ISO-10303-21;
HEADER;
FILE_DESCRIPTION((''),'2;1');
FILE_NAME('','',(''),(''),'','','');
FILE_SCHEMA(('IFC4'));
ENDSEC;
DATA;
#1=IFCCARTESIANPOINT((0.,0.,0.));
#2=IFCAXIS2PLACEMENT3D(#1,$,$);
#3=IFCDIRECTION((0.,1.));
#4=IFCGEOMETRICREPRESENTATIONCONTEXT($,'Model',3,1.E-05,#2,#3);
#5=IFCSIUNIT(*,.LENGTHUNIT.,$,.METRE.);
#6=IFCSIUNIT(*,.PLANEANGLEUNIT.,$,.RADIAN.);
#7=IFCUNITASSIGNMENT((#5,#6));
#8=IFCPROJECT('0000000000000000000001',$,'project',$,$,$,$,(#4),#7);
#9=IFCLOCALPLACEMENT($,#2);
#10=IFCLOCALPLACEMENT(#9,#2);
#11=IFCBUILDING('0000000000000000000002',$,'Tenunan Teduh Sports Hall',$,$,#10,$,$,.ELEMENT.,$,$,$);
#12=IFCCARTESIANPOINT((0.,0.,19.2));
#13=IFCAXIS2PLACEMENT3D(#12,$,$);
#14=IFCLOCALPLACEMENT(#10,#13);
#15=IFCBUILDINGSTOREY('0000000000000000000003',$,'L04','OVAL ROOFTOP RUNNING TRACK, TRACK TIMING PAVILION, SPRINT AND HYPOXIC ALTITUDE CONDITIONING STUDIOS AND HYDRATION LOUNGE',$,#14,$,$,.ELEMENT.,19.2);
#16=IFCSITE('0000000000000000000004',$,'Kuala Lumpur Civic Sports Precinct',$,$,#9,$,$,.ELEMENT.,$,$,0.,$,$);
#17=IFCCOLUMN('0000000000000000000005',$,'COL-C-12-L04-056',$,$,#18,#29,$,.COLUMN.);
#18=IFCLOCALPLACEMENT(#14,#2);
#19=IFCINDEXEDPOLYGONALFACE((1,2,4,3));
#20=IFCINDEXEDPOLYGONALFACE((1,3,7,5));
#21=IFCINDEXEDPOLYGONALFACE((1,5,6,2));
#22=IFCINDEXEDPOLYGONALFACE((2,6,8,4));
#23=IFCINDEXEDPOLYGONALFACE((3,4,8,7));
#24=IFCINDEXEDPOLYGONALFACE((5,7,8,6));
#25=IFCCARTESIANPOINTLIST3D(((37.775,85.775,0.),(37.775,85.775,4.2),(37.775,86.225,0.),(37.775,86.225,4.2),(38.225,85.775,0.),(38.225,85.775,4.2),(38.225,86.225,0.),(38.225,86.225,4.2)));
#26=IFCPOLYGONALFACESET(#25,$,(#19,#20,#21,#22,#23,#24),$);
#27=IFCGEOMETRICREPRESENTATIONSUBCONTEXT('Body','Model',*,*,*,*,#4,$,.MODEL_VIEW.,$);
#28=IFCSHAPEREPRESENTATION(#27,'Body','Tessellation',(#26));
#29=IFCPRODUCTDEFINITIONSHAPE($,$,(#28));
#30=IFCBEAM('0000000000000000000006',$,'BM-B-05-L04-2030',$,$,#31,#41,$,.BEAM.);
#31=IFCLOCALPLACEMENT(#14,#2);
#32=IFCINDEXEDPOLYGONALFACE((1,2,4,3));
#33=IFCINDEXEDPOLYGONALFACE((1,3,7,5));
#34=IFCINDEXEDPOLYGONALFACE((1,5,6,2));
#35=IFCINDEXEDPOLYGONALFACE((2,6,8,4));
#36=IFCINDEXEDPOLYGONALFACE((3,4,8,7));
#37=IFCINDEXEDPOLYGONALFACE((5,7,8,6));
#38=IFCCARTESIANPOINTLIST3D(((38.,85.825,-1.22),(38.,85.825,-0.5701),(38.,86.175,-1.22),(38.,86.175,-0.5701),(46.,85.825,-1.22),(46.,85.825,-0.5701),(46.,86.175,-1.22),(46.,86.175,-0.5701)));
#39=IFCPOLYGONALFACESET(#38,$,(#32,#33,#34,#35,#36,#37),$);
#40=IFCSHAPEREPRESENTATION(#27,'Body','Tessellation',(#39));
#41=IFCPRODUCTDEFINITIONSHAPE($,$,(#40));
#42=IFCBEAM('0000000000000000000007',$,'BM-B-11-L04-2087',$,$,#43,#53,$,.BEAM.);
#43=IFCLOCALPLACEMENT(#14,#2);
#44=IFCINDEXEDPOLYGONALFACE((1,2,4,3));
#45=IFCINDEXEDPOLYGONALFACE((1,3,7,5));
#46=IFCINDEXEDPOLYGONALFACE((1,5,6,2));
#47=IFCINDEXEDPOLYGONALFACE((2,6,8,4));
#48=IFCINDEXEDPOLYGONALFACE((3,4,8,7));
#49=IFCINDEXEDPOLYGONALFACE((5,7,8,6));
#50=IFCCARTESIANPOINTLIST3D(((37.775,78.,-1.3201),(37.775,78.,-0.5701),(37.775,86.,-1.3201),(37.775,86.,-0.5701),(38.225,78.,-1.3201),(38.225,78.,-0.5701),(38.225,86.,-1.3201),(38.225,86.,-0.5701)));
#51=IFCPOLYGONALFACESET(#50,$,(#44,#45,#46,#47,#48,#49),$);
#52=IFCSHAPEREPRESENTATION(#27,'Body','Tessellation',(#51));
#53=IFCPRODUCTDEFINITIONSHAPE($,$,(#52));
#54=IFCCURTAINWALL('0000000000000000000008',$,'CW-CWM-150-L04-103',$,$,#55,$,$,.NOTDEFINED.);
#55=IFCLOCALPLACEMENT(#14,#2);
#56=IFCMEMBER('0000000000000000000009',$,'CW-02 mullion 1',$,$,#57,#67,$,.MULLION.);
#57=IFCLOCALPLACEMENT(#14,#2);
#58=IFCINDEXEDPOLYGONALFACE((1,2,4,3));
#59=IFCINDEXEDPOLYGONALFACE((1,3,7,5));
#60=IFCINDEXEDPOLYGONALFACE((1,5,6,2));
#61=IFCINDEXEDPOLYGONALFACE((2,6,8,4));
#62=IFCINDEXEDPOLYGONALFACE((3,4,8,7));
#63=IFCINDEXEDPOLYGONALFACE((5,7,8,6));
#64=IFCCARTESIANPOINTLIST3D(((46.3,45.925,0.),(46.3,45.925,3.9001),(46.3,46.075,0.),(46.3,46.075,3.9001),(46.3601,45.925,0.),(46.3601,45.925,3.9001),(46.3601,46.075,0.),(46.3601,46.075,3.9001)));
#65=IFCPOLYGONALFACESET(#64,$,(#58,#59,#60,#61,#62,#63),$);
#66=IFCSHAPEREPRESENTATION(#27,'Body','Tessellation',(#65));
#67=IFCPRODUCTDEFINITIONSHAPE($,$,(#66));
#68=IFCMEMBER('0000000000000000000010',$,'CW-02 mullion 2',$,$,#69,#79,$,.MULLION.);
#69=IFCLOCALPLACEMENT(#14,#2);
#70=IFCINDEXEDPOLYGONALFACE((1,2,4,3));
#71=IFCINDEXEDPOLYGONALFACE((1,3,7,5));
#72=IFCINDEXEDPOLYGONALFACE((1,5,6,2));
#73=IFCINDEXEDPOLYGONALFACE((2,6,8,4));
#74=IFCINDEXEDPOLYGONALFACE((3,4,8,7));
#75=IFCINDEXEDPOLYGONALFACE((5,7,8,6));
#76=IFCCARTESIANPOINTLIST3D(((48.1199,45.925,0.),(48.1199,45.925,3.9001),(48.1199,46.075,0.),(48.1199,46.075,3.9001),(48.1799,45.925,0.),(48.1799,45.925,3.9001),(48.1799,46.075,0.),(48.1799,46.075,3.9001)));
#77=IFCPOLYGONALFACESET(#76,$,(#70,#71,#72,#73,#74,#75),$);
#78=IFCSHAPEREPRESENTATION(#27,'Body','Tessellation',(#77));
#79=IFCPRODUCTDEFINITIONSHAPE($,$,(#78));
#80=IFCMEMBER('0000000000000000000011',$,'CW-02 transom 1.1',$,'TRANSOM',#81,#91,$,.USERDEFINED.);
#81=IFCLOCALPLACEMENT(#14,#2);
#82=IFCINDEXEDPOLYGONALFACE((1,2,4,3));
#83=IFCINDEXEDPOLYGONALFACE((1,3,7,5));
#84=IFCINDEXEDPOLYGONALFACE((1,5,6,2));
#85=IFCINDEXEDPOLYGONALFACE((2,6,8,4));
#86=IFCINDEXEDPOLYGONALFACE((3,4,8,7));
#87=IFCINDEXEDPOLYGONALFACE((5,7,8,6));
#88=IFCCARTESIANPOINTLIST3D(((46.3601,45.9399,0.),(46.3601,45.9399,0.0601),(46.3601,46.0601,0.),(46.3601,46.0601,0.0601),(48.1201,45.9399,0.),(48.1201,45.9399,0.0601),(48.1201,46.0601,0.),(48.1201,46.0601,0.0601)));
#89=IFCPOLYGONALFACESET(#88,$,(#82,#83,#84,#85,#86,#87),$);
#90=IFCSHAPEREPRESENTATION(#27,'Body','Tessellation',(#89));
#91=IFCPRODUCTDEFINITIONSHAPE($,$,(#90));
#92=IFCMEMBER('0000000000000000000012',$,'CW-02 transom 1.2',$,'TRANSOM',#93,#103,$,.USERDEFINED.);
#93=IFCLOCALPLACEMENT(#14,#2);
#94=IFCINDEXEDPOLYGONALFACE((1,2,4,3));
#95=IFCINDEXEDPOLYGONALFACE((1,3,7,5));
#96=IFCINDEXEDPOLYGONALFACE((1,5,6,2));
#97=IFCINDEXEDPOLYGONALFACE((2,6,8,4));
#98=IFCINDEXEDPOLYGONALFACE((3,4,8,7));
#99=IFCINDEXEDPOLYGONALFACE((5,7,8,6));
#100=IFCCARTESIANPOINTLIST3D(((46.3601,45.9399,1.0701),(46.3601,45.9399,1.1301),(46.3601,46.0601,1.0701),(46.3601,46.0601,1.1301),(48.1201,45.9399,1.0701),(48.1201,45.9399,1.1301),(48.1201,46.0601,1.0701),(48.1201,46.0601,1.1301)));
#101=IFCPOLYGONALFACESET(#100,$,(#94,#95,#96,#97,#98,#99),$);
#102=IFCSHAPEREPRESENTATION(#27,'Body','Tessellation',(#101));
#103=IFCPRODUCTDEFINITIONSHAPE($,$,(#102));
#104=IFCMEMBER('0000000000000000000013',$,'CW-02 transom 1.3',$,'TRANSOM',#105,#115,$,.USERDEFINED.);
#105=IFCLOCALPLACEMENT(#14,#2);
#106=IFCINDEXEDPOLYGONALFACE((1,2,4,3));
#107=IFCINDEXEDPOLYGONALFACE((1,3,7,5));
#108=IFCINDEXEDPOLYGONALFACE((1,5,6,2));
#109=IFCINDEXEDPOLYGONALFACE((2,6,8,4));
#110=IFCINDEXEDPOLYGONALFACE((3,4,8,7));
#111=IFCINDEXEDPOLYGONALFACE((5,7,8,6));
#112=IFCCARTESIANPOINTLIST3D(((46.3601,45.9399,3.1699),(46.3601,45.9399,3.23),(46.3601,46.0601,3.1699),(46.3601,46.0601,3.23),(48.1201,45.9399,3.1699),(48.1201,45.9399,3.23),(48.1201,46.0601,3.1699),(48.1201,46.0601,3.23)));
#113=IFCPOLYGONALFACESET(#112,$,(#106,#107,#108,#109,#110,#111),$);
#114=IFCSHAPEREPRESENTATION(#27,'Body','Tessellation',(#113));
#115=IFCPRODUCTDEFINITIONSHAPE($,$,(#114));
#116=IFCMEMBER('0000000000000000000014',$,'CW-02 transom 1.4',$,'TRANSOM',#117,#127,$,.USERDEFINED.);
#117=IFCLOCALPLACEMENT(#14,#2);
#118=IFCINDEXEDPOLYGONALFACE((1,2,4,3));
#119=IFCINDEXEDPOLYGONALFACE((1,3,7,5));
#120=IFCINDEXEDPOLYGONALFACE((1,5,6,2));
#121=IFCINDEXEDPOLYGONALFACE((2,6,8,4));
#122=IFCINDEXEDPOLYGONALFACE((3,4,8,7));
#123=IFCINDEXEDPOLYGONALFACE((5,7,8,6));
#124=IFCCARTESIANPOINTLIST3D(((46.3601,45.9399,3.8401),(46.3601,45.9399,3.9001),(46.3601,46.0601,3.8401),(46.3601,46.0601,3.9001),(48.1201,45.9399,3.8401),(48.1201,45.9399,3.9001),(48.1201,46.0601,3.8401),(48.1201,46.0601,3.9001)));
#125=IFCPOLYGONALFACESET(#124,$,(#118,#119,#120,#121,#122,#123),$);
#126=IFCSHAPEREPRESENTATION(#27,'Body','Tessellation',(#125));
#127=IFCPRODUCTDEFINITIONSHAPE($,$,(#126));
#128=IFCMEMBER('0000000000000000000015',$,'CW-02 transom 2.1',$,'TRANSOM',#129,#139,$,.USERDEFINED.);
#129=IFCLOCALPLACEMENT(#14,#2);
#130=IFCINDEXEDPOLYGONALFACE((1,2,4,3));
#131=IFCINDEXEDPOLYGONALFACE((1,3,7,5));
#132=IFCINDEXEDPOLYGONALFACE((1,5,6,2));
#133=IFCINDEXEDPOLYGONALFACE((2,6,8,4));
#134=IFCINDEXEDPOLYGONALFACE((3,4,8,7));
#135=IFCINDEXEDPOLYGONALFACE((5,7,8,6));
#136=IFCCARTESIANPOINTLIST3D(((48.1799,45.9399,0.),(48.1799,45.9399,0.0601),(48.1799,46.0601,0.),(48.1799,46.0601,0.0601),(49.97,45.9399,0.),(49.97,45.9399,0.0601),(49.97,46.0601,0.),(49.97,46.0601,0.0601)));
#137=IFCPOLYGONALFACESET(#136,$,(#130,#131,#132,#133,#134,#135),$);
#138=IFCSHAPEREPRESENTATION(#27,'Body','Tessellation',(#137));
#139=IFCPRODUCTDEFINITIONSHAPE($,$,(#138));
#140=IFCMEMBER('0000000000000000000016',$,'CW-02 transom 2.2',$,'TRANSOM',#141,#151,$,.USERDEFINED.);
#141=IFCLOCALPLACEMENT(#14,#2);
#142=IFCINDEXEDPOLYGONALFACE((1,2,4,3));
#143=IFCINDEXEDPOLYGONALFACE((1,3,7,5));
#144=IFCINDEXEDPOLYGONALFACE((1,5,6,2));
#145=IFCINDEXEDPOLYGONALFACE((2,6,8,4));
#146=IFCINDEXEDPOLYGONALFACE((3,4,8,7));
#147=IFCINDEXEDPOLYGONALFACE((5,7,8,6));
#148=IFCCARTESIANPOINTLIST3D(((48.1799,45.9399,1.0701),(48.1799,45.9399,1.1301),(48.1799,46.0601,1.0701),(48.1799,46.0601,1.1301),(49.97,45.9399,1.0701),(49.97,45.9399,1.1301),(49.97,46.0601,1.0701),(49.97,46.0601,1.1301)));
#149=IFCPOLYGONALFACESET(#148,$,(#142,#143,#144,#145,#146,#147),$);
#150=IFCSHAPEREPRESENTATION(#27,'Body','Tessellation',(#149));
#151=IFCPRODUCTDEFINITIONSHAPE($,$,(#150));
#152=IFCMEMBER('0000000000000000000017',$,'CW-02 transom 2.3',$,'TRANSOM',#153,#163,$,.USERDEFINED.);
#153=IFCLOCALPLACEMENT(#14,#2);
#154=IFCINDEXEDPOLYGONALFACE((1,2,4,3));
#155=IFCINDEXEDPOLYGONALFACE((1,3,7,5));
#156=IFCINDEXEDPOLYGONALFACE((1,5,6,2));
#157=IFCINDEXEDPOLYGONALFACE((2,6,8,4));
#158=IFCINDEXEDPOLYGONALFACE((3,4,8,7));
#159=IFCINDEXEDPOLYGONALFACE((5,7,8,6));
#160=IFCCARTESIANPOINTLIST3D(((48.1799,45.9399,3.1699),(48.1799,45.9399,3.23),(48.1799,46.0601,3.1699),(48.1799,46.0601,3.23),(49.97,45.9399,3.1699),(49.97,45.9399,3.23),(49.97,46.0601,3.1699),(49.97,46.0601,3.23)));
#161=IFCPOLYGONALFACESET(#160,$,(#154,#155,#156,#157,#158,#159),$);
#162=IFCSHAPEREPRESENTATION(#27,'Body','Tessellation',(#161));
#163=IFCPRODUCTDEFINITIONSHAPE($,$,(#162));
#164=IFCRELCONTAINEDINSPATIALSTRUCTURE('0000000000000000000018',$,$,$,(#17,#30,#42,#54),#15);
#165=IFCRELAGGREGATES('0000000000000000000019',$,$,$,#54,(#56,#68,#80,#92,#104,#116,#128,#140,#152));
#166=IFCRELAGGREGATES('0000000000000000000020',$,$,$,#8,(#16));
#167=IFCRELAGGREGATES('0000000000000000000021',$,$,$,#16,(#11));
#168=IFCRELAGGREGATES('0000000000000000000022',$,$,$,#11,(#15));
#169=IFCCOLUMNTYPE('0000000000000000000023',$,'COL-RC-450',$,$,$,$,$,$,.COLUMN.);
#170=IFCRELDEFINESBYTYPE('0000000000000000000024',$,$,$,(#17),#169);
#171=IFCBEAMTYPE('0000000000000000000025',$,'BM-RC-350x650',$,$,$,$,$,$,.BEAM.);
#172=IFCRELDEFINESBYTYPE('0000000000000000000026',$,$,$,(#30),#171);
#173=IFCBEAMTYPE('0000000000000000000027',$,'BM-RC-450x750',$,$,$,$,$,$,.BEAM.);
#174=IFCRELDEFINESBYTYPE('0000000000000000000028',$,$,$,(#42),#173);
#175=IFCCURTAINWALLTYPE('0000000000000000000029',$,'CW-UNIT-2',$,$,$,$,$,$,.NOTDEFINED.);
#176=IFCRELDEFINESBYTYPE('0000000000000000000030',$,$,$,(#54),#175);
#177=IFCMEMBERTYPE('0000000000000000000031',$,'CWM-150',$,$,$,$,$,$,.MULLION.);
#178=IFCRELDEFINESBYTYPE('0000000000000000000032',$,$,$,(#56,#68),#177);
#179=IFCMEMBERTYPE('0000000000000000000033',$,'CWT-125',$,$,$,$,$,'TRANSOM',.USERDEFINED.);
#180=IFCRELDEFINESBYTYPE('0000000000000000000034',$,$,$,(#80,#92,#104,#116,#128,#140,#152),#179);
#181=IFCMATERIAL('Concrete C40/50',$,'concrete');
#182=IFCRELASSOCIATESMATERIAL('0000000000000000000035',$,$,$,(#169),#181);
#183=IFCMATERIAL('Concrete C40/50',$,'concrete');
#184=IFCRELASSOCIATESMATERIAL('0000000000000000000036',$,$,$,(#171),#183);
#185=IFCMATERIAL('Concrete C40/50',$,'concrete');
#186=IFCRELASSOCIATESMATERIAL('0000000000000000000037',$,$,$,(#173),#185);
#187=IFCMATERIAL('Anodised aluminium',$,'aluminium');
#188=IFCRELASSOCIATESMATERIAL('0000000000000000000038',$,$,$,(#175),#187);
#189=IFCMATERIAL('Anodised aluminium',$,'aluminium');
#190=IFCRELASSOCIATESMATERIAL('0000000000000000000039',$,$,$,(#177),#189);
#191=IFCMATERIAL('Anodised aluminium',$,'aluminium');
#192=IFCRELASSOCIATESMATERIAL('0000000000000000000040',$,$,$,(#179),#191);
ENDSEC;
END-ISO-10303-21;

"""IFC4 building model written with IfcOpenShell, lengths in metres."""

from ifc_helpers import new_model, si_unit, direction, frame, origin, origin_2d, place, context, subcontext, project, spatial, rectangle, extrude, material, material_profile, profile_set, type_object, element, aggregate, save


model = new_model("IFC4")

# Units and contexts
model_context = context("Model", 3, precision=1e-05, world=origin(), true_north=direction((0.0, 1.0)))
body_context = subcontext(model_context, "Body", "Model", "MODEL_VIEW")
ifc_project = project(units=[si_unit("LENGTHUNIT", "METRE"), si_unit("PLANEANGLEUNIT", "RADIAN")], contexts=[model_context])

# Site, building, storey
site_placement = place(None, origin())
site = spatial("IfcSite", under=ifc_project, at=site_placement, Name="Kuala Lumpur Civic Sports Precinct", CompositionType="ELEMENT", RefElevation=0.0)
building_placement = place(site_placement, origin())
building = spatial("IfcBuilding", under=site, at=building_placement, Name="Tenunan Teduh Sports Hall", CompositionType="ELEMENT")
storey_placement = place(building_placement, frame((0.0, 0.0, 19.2)))
storey = spatial("IfcBuildingStorey", under=building, at=storey_placement, Name="L04", Description="OVAL ROOFTOP RUNNING TRACK, TRACK TIMING PAVILION, SPRINT AND HYPOXIC ALTITUDE CONDITIONING STUDIOS AND HYDRATION LOUNGE", CompositionType="ELEMENT", Elevation=19.2)

# Column
ifc_material_1 = material(Name="Concrete C40/50", Category="concrete")
ifc_material_profile_1 = material_profile(ifc_material_1, rectangle(XDim=0.45, YDim=0.45, at=origin_2d()), Name="RC 450x450")
ifc_profile_set_1 = profile_set([ifc_material_profile_1], Name="Concrete C40/50")
column_type = type_object("IfcColumnType", Name="COL-RC-450", PredefinedType="COLUMN", material=ifc_profile_set_1)
column_placement = place(storey_placement, frame((38.0, 86.0, 0.0), z_axis=(0.0, 0.0, 1.0), x_axis=(1.0, 0.0, 0.0)))
element("IfcColumn", 1, at=column_placement, inside=storey, type_object=column_type, Name="COL-C-12-L04-056", PredefinedType="COLUMN", context=body_context, shape_type="SweptSolid", body=[
    extrude(rectangle(XDim=0.45, YDim=0.45, at=origin_2d()), origin(), (0.0, 0.0, 1.0), 4.2),
])

# Beams
ifc_material_2 = material(Name="Concrete C40/50", Category="concrete")
ifc_material_profile_2 = material_profile(ifc_material_2, rectangle(XDim=0.3501, YDim=0.6499, at=origin_2d()), Name="RCB 350x650")
ifc_profile_set_2 = profile_set([ifc_material_profile_2], Name="Concrete C40/50")
beam_type_1 = type_object("IfcBeamType", Name="BM-RC-350x650", PredefinedType="BEAM", material=ifc_profile_set_2)
beam_1_placement = place(storey_placement, frame((38.0, 86.0, -0.895), z_axis=(1.0, 0.0, 0.0), x_axis=(0.0, 1.0, 0.0)))
element("IfcBeam", 2, at=beam_1_placement, inside=storey, type_object=beam_type_1, Name="BM-B-05-L04-2030", PredefinedType="BEAM", context=body_context, shape_type="SweptSolid", body=[
    extrude(rectangle(XDim=0.3501, YDim=0.6499, at=origin_2d()), origin(), (0.0, 0.0, 1.0), 8.0),
])
ifc_material_3 = material(Name="Concrete C40/50", Category="concrete")
ifc_material_profile_3 = material_profile(ifc_material_3, rectangle(XDim=0.45, YDim=0.75, at=origin_2d()), Name="RCB 450x750")
ifc_profile_set_3 = profile_set([ifc_material_profile_3], Name="Concrete C40/50")
beam_type_2 = type_object("IfcBeamType", Name="BM-RC-450x750", PredefinedType="BEAM", material=ifc_profile_set_3)
beam_2_placement = place(storey_placement, frame((38.0, 78.0, -0.9451), z_axis=(0.0, 1.0, 0.0), x_axis=(-1.0, 0.0, 0.0)))
element("IfcBeam", 3, at=beam_2_placement, inside=storey, type_object=beam_type_2, Name="BM-B-11-L04-2087", PredefinedType="BEAM", context=body_context, shape_type="SweptSolid", body=[
    extrude(rectangle(XDim=0.45, YDim=0.75, at=origin_2d()), origin(), (0.0, 0.0, 1.0), 8.0),
])

# Curtain wall, members
ifc_material_4 = material(Name="Anodised aluminium", Category="aluminium")
curtain_wall_type = type_object("IfcCurtainWallType", Name="CW-UNIT-2", PredefinedType="NOTDEFINED", material=ifc_material_4)
curtain_wall_placement = place(storey_placement, origin())
curtain_wall = element("IfcCurtainWall", 4, at=curtain_wall_placement, inside=storey, type_object=curtain_wall_type, Name="CW-CWM-150-L04-103", PredefinedType="NOTDEFINED")
ifc_material_5 = material(Name="Anodised aluminium", Category="aluminium")
ifc_material_profile_4 = material_profile(ifc_material_5, rectangle(XDim=0.0601, YDim=0.1499, at=origin_2d()), Name="CWM 60x150")
ifc_profile_set_4 = profile_set([ifc_material_profile_4], Name="Anodised aluminium")
member_type_1 = type_object("IfcMemberType", Name="CWM-150", PredefinedType="MULLION", material=ifc_profile_set_4)
member_1_placement = place(storey_placement, frame((46.3301, 46.0, 0.0), z_axis=(0.0, 0.0, 1.0), x_axis=(1.0, 0.0, 0.0)))
member_1 = element("IfcMember", 5, at=member_1_placement, type_object=member_type_1, Name="CW-02 mullion 1", PredefinedType="MULLION", context=body_context, shape_type="SweptSolid", body=[
    extrude(rectangle(XDim=0.0601, YDim=0.1499, at=origin_2d()), origin(), (0.0, 0.0, 1.0), 3.9001),
])
member_2_placement = place(storey_placement, frame((48.1499, 46.0, 0.0), z_axis=(0.0, 0.0, 1.0), x_axis=(1.0, 0.0, 0.0)))
member_2 = element("IfcMember", 6, at=member_2_placement, type_object=member_type_1, Name="CW-02 mullion 2", PredefinedType="MULLION", context=body_context, shape_type="SweptSolid", body=[
    extrude(rectangle(XDim=0.0601, YDim=0.1499, at=origin_2d()), origin(), (0.0, 0.0, 1.0), 3.9001),
])
ifc_material_6 = material(Name="Anodised aluminium", Category="aluminium")
ifc_material_profile_5 = material_profile(ifc_material_6, rectangle(XDim=0.0601, YDim=0.1201, at=origin_2d()), Name="CWT 60x120")
ifc_profile_set_5 = profile_set([ifc_material_profile_5], Name="Anodised aluminium")
member_type_2 = type_object("IfcMemberType", Name="CWT-125", ElementType="TRANSOM", PredefinedType="USERDEFINED", material=ifc_profile_set_5)
member_3_placement = place(storey_placement, frame((46.3601, 46.0, 0.03), z_axis=(1.0, 0.0, 0.0), x_axis=(0.0, 0.0, 1.0)))
member_3 = element("IfcMember", 7, at=member_3_placement, type_object=member_type_2, Name="CW-02 transom 1.1", ObjectType="TRANSOM", PredefinedType="USERDEFINED", context=body_context, shape_type="SweptSolid", body=[
    extrude(rectangle(XDim=0.0601, YDim=0.1201, at=origin_2d()), origin(), (0.0, 0.0, 1.0), 1.76),
])
member_4_placement = place(storey_placement, frame((46.3601, 46.0, 1.1001), z_axis=(1.0, 0.0, 0.0), x_axis=(0.0, 0.0, 1.0)))
member_4 = element("IfcMember", 8, at=member_4_placement, type_object=member_type_2, Name="CW-02 transom 1.2", ObjectType="TRANSOM", PredefinedType="USERDEFINED", context=body_context, shape_type="SweptSolid", body=[
    extrude(rectangle(XDim=0.0601, YDim=0.1201, at=origin_2d()), origin(), (0.0, 0.0, 1.0), 1.76),
])
member_5_placement = place(storey_placement, frame((46.3601, 46.0, 3.2), z_axis=(1.0, 0.0, 0.0), x_axis=(0.0, 0.0, 1.0)))
member_5 = element("IfcMember", 9, at=member_5_placement, type_object=member_type_2, Name="CW-02 transom 1.3", ObjectType="TRANSOM", PredefinedType="USERDEFINED", context=body_context, shape_type="SweptSolid", body=[
    extrude(rectangle(XDim=0.0601, YDim=0.1201, at=origin_2d()), origin(), (0.0, 0.0, 1.0), 1.76),
])
member_6_placement = place(storey_placement, frame((46.3601, 46.0, 3.8701), z_axis=(1.0, 0.0, 0.0), x_axis=(0.0, 0.0, 1.0)))
member_6 = element("IfcMember", 10, at=member_6_placement, type_object=member_type_2, Name="CW-02 transom 1.4", ObjectType="TRANSOM", PredefinedType="USERDEFINED", context=body_context, shape_type="SweptSolid", body=[
    extrude(rectangle(XDim=0.0601, YDim=0.1201, at=origin_2d()), origin(), (0.0, 0.0, 1.0), 1.76),
])
member_7_placement = place(storey_placement, frame((48.1799, 46.0, 0.03), z_axis=(1.0, 0.0, 0.0), x_axis=(0.0, 0.0, 1.0)))
member_7 = element("IfcMember", 11, at=member_7_placement, type_object=member_type_2, Name="CW-02 transom 2.1", ObjectType="TRANSOM", PredefinedType="USERDEFINED", context=body_context, shape_type="SweptSolid", body=[
    extrude(rectangle(XDim=0.0601, YDim=0.1201, at=origin_2d()), origin(), (0.0, 0.0, 1.0), 1.79),
])
member_8_placement = place(storey_placement, frame((48.1799, 46.0, 1.1001), z_axis=(1.0, 0.0, 0.0), x_axis=(0.0, 0.0, 1.0)))
member_8 = element("IfcMember", 12, at=member_8_placement, type_object=member_type_2, Name="CW-02 transom 2.2", ObjectType="TRANSOM", PredefinedType="USERDEFINED", context=body_context, shape_type="SweptSolid", body=[
    extrude(rectangle(XDim=0.0601, YDim=0.1201, at=origin_2d()), origin(), (0.0, 0.0, 1.0), 1.79),
])
member_9_placement = place(storey_placement, frame((48.1799, 46.0, 3.2), z_axis=(1.0, 0.0, 0.0), x_axis=(0.0, 0.0, 1.0)))
member_9 = element("IfcMember", 13, at=member_9_placement, type_object=member_type_2, Name="CW-02 transom 2.3", ObjectType="TRANSOM", PredefinedType="USERDEFINED", context=body_context, shape_type="SweptSolid", body=[
    extrude(rectangle(XDim=0.0601, YDim=0.1201, at=origin_2d()), origin(), (0.0, 0.0, 1.0), 1.79),
])

aggregate(curtain_wall, [member_1, member_2, member_3, member_4, member_5, member_6, member_7, member_8, member_9])

save(model, "model.ifc")
